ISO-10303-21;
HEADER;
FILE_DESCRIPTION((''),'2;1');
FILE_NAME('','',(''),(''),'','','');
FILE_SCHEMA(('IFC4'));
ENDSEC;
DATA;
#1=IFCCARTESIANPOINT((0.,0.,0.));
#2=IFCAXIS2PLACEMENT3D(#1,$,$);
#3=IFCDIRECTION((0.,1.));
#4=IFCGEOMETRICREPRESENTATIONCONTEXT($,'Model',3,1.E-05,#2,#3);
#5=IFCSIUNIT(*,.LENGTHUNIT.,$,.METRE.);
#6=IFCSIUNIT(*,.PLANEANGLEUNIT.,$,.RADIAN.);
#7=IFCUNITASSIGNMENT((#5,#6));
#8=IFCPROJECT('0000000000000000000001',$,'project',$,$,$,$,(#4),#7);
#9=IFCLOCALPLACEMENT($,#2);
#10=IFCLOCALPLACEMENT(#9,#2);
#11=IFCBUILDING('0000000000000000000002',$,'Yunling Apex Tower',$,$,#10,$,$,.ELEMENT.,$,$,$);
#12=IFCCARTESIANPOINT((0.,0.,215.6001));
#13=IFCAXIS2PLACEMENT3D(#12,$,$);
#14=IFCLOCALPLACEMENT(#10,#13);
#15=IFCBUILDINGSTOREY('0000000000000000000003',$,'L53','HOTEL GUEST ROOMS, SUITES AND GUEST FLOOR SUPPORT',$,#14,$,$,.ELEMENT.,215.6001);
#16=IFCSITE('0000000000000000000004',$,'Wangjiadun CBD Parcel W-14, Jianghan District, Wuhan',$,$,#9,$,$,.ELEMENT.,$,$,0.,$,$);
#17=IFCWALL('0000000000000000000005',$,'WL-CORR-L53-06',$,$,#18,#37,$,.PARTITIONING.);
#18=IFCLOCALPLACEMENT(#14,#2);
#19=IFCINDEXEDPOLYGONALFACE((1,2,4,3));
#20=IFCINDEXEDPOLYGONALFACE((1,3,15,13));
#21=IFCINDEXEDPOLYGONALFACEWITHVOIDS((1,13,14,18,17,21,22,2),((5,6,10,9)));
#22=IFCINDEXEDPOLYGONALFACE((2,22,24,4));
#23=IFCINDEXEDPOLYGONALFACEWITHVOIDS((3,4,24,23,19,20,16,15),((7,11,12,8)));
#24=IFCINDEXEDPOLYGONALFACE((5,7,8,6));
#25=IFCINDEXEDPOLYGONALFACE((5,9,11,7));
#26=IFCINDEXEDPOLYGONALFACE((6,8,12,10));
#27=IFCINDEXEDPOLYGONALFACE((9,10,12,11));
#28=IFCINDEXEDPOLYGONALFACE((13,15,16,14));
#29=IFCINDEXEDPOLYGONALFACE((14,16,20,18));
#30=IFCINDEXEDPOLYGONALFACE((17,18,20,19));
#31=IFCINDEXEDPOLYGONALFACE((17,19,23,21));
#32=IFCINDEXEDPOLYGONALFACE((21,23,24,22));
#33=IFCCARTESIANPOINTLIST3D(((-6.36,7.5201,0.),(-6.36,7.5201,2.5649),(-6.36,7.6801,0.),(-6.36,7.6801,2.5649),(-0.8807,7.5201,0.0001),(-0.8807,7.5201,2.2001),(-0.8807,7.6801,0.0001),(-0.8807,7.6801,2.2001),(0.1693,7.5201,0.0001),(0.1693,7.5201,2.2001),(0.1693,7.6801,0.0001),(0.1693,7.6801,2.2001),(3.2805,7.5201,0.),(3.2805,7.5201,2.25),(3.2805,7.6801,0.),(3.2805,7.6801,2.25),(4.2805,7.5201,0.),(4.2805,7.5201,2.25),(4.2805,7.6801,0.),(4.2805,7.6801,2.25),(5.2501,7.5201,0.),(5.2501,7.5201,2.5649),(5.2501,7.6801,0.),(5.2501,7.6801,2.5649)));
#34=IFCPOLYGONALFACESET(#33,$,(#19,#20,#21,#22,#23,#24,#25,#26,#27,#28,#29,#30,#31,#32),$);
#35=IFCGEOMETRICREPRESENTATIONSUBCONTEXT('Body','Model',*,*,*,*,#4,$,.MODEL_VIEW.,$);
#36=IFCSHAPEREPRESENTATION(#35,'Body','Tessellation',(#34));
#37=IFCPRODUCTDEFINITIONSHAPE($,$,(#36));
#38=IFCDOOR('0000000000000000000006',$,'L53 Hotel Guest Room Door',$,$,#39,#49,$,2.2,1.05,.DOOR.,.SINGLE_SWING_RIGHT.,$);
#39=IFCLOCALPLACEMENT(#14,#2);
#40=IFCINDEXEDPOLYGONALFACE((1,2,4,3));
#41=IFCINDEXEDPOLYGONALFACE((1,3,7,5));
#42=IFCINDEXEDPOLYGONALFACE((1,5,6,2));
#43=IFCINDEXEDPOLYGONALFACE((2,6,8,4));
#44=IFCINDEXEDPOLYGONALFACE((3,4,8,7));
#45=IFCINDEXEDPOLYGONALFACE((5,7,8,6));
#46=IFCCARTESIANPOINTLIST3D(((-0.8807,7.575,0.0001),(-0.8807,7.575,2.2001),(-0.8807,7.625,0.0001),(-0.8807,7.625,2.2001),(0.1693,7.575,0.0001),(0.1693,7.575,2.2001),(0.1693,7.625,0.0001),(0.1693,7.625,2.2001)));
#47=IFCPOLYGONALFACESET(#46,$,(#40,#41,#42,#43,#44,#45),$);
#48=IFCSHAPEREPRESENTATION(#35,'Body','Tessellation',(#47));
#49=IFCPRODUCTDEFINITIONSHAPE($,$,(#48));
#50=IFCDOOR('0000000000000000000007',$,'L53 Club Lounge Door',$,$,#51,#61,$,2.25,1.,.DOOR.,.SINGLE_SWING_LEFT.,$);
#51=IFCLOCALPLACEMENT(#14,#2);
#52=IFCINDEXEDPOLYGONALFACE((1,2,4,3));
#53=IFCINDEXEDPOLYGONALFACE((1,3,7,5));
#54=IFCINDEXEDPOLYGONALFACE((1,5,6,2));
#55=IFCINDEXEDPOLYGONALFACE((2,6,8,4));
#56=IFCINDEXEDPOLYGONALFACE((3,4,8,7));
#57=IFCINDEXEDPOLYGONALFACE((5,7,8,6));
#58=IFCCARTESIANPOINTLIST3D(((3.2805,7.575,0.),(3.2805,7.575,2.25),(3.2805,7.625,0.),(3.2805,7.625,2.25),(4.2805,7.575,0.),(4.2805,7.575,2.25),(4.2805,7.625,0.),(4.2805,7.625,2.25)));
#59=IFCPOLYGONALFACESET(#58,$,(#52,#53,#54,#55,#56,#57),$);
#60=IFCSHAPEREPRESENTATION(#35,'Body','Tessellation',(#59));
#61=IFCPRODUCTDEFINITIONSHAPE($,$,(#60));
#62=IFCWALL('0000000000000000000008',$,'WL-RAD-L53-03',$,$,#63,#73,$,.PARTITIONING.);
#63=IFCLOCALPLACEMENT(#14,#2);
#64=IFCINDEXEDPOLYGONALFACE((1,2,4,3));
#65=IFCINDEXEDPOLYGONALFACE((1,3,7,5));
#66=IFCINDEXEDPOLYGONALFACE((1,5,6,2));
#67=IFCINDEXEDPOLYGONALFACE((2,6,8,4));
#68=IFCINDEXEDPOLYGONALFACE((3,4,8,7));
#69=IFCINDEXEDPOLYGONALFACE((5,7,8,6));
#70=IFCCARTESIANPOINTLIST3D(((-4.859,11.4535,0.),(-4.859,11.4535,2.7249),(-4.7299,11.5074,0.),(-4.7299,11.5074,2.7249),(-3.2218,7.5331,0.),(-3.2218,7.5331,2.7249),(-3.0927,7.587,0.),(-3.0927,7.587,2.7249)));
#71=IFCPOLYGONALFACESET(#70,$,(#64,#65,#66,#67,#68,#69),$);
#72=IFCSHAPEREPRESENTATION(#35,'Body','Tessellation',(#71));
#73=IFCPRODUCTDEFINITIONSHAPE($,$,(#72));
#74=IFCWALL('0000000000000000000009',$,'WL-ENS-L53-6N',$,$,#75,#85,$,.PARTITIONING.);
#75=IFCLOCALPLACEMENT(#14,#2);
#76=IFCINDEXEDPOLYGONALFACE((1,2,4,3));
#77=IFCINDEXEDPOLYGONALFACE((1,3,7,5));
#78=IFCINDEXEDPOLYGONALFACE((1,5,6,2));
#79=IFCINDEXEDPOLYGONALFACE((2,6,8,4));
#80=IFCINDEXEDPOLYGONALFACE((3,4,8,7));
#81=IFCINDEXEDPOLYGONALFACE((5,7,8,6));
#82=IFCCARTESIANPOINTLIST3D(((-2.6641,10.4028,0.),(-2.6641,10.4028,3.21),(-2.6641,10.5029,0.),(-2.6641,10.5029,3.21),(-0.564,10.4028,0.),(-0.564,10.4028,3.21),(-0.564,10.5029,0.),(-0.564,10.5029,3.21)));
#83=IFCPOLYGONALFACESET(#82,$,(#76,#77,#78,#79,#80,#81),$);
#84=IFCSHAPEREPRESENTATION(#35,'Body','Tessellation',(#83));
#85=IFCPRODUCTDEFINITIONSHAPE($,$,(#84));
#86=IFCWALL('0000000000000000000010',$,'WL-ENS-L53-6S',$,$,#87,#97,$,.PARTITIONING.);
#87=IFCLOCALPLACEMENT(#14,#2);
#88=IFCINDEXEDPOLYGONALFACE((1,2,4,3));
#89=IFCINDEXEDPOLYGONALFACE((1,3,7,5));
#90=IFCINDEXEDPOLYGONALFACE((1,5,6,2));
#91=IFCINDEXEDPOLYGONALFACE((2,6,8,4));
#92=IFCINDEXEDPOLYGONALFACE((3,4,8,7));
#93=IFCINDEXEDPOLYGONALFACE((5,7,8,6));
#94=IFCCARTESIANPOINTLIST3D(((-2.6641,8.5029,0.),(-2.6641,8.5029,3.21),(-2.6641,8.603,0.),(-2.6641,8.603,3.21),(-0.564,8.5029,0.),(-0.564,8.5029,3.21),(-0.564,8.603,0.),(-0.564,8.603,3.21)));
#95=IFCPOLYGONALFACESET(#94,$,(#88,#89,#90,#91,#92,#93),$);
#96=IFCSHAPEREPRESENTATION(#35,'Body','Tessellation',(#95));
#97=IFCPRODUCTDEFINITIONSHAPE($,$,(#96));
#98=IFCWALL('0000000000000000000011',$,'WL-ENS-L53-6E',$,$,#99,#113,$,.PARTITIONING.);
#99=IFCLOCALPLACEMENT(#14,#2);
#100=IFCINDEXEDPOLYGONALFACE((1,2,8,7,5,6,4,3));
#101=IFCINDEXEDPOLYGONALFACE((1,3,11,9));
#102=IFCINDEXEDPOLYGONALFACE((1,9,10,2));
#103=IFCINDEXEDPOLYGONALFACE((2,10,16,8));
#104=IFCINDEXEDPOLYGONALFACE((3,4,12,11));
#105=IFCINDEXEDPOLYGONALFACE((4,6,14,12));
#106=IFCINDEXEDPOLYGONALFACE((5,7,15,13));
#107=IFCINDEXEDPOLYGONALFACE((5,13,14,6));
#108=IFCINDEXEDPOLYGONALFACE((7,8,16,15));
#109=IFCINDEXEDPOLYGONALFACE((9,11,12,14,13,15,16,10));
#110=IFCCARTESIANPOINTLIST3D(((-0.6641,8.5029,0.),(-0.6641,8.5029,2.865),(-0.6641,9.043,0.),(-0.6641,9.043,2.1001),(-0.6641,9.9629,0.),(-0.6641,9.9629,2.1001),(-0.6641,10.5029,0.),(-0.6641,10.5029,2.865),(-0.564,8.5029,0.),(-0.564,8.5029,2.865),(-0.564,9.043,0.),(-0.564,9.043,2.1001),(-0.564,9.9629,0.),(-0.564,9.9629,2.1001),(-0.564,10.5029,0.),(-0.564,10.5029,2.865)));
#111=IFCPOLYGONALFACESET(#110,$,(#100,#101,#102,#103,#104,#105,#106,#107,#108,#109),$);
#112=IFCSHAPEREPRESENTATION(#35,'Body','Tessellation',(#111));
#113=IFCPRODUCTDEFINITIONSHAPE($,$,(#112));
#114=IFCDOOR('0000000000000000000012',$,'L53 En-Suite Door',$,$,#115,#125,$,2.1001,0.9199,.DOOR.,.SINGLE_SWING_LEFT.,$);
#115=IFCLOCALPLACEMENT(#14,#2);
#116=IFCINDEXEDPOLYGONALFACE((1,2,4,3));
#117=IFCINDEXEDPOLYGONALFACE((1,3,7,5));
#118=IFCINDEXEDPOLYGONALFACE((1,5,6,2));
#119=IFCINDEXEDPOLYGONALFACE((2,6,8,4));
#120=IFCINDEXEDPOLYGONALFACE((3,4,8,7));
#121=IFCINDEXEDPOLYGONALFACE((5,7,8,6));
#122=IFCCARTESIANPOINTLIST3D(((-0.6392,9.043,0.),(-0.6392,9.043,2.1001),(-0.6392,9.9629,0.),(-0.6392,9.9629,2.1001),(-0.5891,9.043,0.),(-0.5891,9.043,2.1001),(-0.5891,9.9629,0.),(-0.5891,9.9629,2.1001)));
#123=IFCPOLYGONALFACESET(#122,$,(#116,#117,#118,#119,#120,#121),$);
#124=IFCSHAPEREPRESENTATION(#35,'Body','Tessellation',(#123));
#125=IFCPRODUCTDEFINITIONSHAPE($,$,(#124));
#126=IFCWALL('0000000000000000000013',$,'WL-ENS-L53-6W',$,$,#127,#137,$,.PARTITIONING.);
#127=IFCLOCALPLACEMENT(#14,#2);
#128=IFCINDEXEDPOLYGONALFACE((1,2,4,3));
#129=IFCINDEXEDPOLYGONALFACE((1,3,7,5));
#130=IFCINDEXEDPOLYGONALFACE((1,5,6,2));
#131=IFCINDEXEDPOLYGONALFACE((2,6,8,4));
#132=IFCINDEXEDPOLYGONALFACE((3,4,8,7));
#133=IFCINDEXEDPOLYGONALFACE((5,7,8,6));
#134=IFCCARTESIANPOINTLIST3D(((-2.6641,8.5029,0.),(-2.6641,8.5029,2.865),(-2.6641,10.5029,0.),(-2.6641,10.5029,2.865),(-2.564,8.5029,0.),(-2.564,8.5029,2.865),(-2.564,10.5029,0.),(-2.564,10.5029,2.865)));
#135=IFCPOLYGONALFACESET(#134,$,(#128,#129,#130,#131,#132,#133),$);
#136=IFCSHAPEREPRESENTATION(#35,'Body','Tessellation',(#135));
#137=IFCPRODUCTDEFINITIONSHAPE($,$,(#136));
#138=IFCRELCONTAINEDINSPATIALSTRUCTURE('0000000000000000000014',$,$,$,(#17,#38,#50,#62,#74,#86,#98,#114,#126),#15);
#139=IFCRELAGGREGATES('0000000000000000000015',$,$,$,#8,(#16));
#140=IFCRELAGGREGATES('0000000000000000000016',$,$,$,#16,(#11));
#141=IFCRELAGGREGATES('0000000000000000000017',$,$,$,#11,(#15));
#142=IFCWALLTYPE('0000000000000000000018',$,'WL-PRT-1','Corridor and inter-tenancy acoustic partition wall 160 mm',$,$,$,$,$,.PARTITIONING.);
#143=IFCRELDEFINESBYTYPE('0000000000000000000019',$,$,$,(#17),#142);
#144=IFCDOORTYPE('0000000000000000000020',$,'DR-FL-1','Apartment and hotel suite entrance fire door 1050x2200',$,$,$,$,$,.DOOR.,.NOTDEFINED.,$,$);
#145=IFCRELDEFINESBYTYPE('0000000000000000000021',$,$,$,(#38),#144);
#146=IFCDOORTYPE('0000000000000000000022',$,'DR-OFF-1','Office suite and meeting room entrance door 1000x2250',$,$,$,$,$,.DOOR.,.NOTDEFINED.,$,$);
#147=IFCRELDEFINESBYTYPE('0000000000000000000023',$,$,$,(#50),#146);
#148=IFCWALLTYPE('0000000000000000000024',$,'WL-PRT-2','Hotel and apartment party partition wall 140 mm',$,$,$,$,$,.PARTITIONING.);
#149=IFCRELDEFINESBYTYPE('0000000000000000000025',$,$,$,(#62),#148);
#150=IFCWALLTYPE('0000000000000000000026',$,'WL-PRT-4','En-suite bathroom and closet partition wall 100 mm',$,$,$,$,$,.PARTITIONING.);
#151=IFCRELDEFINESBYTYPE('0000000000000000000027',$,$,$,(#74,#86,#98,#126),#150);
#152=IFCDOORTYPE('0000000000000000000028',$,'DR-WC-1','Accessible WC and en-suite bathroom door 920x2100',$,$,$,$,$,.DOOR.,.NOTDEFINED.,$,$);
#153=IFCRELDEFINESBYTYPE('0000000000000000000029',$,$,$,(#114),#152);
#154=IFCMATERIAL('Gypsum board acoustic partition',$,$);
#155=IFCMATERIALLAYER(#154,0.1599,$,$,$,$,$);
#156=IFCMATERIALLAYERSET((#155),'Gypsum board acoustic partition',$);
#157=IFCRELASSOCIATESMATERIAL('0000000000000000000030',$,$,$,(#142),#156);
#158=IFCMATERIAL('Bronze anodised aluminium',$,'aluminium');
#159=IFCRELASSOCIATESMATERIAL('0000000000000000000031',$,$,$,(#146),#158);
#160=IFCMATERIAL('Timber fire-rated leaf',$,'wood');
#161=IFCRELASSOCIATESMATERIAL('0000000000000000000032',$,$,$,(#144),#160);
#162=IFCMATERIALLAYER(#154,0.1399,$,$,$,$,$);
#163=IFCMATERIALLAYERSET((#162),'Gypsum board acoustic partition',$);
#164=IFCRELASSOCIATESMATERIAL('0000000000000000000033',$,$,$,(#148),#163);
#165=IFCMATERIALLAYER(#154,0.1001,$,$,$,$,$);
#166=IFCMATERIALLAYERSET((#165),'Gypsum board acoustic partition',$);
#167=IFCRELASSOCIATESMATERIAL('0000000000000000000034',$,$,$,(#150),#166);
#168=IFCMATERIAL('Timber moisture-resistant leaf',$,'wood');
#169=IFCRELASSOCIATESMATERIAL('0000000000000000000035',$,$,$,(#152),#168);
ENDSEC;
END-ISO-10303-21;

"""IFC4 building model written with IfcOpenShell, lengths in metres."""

from ifc_helpers import new_model, si_unit, direction, frame, frame_2d, origin, place, context, subcontext, project, spatial, rectangle, extrude, material, layer, layer_set, type_object, element, fill, save


model = new_model("IFC4")

# Units and contexts
model_context = context("Model", 3, precision=1e-05, world=origin(), true_north=direction((0.0, 1.0)))
body_context = subcontext(model_context, "Body", "Model", "MODEL_VIEW")
ifc_project = project(units=[si_unit("LENGTHUNIT", "METRE"), si_unit("PLANEANGLEUNIT", "RADIAN")], contexts=[model_context])

# Site, building, storey
site_placement = place(None, origin())
site = spatial("IfcSite", under=ifc_project, at=site_placement, Name="Wangjiadun CBD Parcel W-14, Jianghan District, Wuhan", CompositionType="ELEMENT", RefElevation=0.0)
building_placement = place(site_placement, origin())
building = spatial("IfcBuilding", under=site, at=building_placement, Name="Yunling Apex Tower", CompositionType="ELEMENT")
storey_placement = place(building_placement, frame((0.0, 0.0, 215.6001)))
storey = spatial("IfcBuildingStorey", under=building, at=storey_placement, Name="L53", Description="HOTEL GUEST ROOMS, SUITES AND GUEST FLOOR SUPPORT", CompositionType="ELEMENT", Elevation=215.6001)

# Shared definitions
ifc_material_1 = material(Name="Bronze anodised aluminium", Category="aluminium")

# Shared definitions
ifc_material_2 = material(Name="Gypsum board acoustic partition")
ifc_layer_1 = layer(ifc_material_2, 0.1599)
ifc_layer_set_1 = layer_set([ifc_layer_1], Name="Gypsum board acoustic partition")
wall_type_1 = type_object("IfcWallType", Name="WL-PRT-1", Description="Corridor and inter-tenancy acoustic partition wall 160 mm", PredefinedType="PARTITIONING", material=ifc_layer_set_1)
door_type_1 = type_object("IfcDoorType", Name="DR-OFF-1", Description="Office suite and meeting room entrance door 1000x2250", OperationType="NOTDEFINED", PredefinedType="DOOR", material=ifc_material_1)

# Wall, openings, doors
wall_1_placement = place(storey_placement, frame((-6.3601, 7.6001, 0.0), z_axis=(0.0, 0.0, 1.0), x_axis=(1.0, 0.0, 0.0)))
wall_1 = element("IfcWall", 1, at=wall_1_placement, inside=storey, type_object=wall_type_1, Name="WL-CORR-L53-06", PredefinedType="PARTITIONING", context=body_context, shape_type="SweptSolid", body=[
    extrude(rectangle(XDim=11.6101, YDim=0.1599, at=frame_2d((5.8052, 0.0))), origin(), (0.0, 0.0, 1.0), 2.5649),
])
opening_1_placement = place(wall_1_placement, frame((5.4795, 0.0, 0.0)))
opening_1 = element("IfcOpeningElement", 2, at=opening_1_placement, cuts=wall_1, PredefinedType="OPENING", context=body_context, shape_type="SweptSolid", body=[
    extrude(rectangle(XDim=1.05, YDim=2.2, at=frame_2d((0.5249, 1.1001))), frame((0.0, 0.0898, 0.0), z_axis=(0.0, -1.0, 0.0), x_axis=(1.0, 0.0, 0.0)), (0.0, 0.0, 1.0), 0.1799),
])
opening_2_placement = place(wall_1_placement, frame((9.6406, 0.0, 0.0)))
opening_2 = element("IfcOpeningElement", 3, at=opening_2_placement, cuts=wall_1, PredefinedType="OPENING", context=body_context, shape_type="SweptSolid", body=[
    extrude(rectangle(XDim=1.0, YDim=2.25, at=frame_2d((0.5, 1.125))), frame((0.0, 0.0898, 0.0), z_axis=(0.0, -1.0, 0.0), x_axis=(1.0, 0.0, 0.0)), (0.0, 0.0, 1.0), 0.1799),
])
ifc_material_3 = material(Name="Timber fire-rated leaf", Category="wood")
door_type_2 = type_object("IfcDoorType", Name="DR-FL-1", Description="Apartment and hotel suite entrance fire door 1050x2200", OperationType="NOTDEFINED", PredefinedType="DOOR", material=ifc_material_3)
door_1_placement = place(opening_1_placement, origin())
door_1 = element("IfcDoor", 4, at=door_1_placement, inside=storey, type_object=door_type_2, Name="L53 Hotel Guest Room Door", OperationType="SINGLE_SWING_RIGHT", OverallHeight=2.2, OverallWidth=1.05, PredefinedType="DOOR", context=body_context, shape_type="SweptSolid", body=[
    extrude(rectangle(XDim=1.05, YDim=2.2, at=frame_2d((0.5249, 1.1001))), frame((0.0, 0.0249, 0.0), z_axis=(0.0, -1.0, 0.0), x_axis=(1.0, 0.0, 0.0)), (0.0, 0.0, 1.0), 0.05),
])
fill(opening_1, door_1)
door_2_placement = place(opening_2_placement, origin())
door_2 = element("IfcDoor", 5, at=door_2_placement, inside=storey, type_object=door_type_1, Name="L53 Club Lounge Door", OperationType="SINGLE_SWING_LEFT", OverallHeight=2.25, OverallWidth=1.0, PredefinedType="DOOR", context=body_context, shape_type="SweptSolid", body=[
    extrude(rectangle(XDim=1.0, YDim=2.25, at=frame_2d((0.5, 1.125))), frame((0.0, 0.0249, 0.0), z_axis=(0.0, -1.0, 0.0), x_axis=(1.0, 0.0, 0.0)), (0.0, 0.0, 1.0), 0.05),
])
fill(opening_2, door_2)

# Walls
ifc_layer_2 = layer(ifc_material_2, 0.1399)
ifc_layer_set_2 = layer_set([ifc_layer_2], Name="Gypsum board acoustic partition")
wall_type_2 = type_object("IfcWallType", Name="WL-PRT-2", Description="Hotel and apartment party partition wall 140 mm", PredefinedType="PARTITIONING", material=ifc_layer_set_2)
wall_2_placement = place(storey_placement, frame((-3.1572, 7.5601, 0.0), z_axis=(0.0, 0.0, 1.0), x_axis=(-0.385358, 0.922767, 0.0)))
element("IfcWall", 6, at=wall_2_placement, inside=storey, type_object=wall_type_2, Name="WL-RAD-L53-03", PredefinedType="PARTITIONING", context=body_context, shape_type="SweptSolid", body=[
    extrude(rectangle(XDim=4.2485, YDim=0.1399, at=frame_2d((2.1243, 0.0))), origin(), (0.0, 0.0, 1.0), 2.7249),
])
ifc_layer_3 = layer(ifc_material_2, 0.1001)
ifc_layer_set_3 = layer_set([ifc_layer_3], Name="Gypsum board acoustic partition")
wall_type_3 = type_object("IfcWallType", Name="WL-PRT-4", Description="En-suite bathroom and closet partition wall 100 mm", PredefinedType="PARTITIONING", material=ifc_layer_set_3)
for number, where, z_axis, x_axis, name in (
    (7, (-2.6641, 10.4529, 0.0), (0.0, 0.0, 1.0), (1.0, 0.0, 0.0), "WL-ENS-L53-6N"),
    (8, (-0.564, 8.553, 0.0), (0.0, 0.0, 1.0), (-1.0, 0.0, 0.0), "WL-ENS-L53-6S"),
):
    element("IfcWall", number, at=place(storey_placement, frame(where, z_axis=z_axis, x_axis=x_axis)), inside=storey, type_object=wall_type_3, Name=name, PredefinedType="PARTITIONING", context=body_context, shape_type="SweptSolid", body=[
        extrude(rectangle(XDim=2.1001, YDim=0.1001, at=frame_2d((1.05, 0.0))), origin(), (0.0, 0.0, 1.0), 3.21),
    ])

# Wall, opening, door
wall_3_placement = place(storey_placement, frame((-0.614, 10.5029, 0.0), z_axis=(0.0, 0.0, 1.0), x_axis=(0.0, -1.0, 0.0)))
wall_3 = element("IfcWall", 9, at=wall_3_placement, inside=storey, type_object=wall_type_3, Name="WL-ENS-L53-6E", PredefinedType="PARTITIONING", context=body_context, shape_type="SweptSolid", body=[
    extrude(rectangle(XDim=2.0, YDim=0.1001, at=frame_2d((1.0, 0.0))), origin(), (0.0, 0.0, 1.0), 2.865),
])
opening_3_placement = place(wall_3_placement, frame((0.54, 0.0, 0.0)))
opening_3 = element("IfcOpeningElement", 10, at=opening_3_placement, cuts=wall_3, PredefinedType="OPENING", context=body_context, shape_type="SweptSolid", body=[
    extrude(rectangle(XDim=0.9199, YDim=2.1001, at=frame_2d((0.46, 1.05))), frame((0.0, 0.0601, 0.0), z_axis=(0.0, -1.0, 0.0), x_axis=(1.0, 0.0, 0.0)), (0.0, 0.0, 1.0), 0.1201),
])
ifc_material_4 = material(Name="Timber moisture-resistant leaf", Category="wood")
door_type_3 = type_object("IfcDoorType", Name="DR-WC-1", Description="Accessible WC and en-suite bathroom door 920x2100", OperationType="NOTDEFINED", PredefinedType="DOOR", material=ifc_material_4)
door_3_placement = place(opening_3_placement, origin())
door_3 = element("IfcDoor", 11, at=door_3_placement, inside=storey, type_object=door_type_3, Name="L53 En-Suite Door", OperationType="SINGLE_SWING_LEFT", OverallHeight=2.1001, OverallWidth=0.9199, PredefinedType="DOOR", context=body_context, shape_type="SweptSolid", body=[
    extrude(rectangle(XDim=0.9199, YDim=2.1001, at=frame_2d((0.46, 1.05))), frame((0.0, 0.0249, 0.0), z_axis=(0.0, -1.0, 0.0), x_axis=(1.0, 0.0, 0.0)), (0.0, 0.0, 1.0), 0.05),
])
fill(opening_3, door_3)

# Wall
wall_4_placement = place(storey_placement, frame((-2.614, 8.5029, 0.0), z_axis=(0.0, 0.0, 1.0), x_axis=(0.0, 1.0, 0.0)))
element("IfcWall", 12, at=wall_4_placement, inside=storey, type_object=wall_type_3, Name="WL-ENS-L53-6W", PredefinedType="PARTITIONING", context=body_context, shape_type="SweptSolid", body=[
    extrude(rectangle(XDim=2.0, YDim=0.1001, at=frame_2d((1.0, 0.0))), origin(), (0.0, 0.0, 1.0), 2.865),
])

save(model, "model.ifc")
